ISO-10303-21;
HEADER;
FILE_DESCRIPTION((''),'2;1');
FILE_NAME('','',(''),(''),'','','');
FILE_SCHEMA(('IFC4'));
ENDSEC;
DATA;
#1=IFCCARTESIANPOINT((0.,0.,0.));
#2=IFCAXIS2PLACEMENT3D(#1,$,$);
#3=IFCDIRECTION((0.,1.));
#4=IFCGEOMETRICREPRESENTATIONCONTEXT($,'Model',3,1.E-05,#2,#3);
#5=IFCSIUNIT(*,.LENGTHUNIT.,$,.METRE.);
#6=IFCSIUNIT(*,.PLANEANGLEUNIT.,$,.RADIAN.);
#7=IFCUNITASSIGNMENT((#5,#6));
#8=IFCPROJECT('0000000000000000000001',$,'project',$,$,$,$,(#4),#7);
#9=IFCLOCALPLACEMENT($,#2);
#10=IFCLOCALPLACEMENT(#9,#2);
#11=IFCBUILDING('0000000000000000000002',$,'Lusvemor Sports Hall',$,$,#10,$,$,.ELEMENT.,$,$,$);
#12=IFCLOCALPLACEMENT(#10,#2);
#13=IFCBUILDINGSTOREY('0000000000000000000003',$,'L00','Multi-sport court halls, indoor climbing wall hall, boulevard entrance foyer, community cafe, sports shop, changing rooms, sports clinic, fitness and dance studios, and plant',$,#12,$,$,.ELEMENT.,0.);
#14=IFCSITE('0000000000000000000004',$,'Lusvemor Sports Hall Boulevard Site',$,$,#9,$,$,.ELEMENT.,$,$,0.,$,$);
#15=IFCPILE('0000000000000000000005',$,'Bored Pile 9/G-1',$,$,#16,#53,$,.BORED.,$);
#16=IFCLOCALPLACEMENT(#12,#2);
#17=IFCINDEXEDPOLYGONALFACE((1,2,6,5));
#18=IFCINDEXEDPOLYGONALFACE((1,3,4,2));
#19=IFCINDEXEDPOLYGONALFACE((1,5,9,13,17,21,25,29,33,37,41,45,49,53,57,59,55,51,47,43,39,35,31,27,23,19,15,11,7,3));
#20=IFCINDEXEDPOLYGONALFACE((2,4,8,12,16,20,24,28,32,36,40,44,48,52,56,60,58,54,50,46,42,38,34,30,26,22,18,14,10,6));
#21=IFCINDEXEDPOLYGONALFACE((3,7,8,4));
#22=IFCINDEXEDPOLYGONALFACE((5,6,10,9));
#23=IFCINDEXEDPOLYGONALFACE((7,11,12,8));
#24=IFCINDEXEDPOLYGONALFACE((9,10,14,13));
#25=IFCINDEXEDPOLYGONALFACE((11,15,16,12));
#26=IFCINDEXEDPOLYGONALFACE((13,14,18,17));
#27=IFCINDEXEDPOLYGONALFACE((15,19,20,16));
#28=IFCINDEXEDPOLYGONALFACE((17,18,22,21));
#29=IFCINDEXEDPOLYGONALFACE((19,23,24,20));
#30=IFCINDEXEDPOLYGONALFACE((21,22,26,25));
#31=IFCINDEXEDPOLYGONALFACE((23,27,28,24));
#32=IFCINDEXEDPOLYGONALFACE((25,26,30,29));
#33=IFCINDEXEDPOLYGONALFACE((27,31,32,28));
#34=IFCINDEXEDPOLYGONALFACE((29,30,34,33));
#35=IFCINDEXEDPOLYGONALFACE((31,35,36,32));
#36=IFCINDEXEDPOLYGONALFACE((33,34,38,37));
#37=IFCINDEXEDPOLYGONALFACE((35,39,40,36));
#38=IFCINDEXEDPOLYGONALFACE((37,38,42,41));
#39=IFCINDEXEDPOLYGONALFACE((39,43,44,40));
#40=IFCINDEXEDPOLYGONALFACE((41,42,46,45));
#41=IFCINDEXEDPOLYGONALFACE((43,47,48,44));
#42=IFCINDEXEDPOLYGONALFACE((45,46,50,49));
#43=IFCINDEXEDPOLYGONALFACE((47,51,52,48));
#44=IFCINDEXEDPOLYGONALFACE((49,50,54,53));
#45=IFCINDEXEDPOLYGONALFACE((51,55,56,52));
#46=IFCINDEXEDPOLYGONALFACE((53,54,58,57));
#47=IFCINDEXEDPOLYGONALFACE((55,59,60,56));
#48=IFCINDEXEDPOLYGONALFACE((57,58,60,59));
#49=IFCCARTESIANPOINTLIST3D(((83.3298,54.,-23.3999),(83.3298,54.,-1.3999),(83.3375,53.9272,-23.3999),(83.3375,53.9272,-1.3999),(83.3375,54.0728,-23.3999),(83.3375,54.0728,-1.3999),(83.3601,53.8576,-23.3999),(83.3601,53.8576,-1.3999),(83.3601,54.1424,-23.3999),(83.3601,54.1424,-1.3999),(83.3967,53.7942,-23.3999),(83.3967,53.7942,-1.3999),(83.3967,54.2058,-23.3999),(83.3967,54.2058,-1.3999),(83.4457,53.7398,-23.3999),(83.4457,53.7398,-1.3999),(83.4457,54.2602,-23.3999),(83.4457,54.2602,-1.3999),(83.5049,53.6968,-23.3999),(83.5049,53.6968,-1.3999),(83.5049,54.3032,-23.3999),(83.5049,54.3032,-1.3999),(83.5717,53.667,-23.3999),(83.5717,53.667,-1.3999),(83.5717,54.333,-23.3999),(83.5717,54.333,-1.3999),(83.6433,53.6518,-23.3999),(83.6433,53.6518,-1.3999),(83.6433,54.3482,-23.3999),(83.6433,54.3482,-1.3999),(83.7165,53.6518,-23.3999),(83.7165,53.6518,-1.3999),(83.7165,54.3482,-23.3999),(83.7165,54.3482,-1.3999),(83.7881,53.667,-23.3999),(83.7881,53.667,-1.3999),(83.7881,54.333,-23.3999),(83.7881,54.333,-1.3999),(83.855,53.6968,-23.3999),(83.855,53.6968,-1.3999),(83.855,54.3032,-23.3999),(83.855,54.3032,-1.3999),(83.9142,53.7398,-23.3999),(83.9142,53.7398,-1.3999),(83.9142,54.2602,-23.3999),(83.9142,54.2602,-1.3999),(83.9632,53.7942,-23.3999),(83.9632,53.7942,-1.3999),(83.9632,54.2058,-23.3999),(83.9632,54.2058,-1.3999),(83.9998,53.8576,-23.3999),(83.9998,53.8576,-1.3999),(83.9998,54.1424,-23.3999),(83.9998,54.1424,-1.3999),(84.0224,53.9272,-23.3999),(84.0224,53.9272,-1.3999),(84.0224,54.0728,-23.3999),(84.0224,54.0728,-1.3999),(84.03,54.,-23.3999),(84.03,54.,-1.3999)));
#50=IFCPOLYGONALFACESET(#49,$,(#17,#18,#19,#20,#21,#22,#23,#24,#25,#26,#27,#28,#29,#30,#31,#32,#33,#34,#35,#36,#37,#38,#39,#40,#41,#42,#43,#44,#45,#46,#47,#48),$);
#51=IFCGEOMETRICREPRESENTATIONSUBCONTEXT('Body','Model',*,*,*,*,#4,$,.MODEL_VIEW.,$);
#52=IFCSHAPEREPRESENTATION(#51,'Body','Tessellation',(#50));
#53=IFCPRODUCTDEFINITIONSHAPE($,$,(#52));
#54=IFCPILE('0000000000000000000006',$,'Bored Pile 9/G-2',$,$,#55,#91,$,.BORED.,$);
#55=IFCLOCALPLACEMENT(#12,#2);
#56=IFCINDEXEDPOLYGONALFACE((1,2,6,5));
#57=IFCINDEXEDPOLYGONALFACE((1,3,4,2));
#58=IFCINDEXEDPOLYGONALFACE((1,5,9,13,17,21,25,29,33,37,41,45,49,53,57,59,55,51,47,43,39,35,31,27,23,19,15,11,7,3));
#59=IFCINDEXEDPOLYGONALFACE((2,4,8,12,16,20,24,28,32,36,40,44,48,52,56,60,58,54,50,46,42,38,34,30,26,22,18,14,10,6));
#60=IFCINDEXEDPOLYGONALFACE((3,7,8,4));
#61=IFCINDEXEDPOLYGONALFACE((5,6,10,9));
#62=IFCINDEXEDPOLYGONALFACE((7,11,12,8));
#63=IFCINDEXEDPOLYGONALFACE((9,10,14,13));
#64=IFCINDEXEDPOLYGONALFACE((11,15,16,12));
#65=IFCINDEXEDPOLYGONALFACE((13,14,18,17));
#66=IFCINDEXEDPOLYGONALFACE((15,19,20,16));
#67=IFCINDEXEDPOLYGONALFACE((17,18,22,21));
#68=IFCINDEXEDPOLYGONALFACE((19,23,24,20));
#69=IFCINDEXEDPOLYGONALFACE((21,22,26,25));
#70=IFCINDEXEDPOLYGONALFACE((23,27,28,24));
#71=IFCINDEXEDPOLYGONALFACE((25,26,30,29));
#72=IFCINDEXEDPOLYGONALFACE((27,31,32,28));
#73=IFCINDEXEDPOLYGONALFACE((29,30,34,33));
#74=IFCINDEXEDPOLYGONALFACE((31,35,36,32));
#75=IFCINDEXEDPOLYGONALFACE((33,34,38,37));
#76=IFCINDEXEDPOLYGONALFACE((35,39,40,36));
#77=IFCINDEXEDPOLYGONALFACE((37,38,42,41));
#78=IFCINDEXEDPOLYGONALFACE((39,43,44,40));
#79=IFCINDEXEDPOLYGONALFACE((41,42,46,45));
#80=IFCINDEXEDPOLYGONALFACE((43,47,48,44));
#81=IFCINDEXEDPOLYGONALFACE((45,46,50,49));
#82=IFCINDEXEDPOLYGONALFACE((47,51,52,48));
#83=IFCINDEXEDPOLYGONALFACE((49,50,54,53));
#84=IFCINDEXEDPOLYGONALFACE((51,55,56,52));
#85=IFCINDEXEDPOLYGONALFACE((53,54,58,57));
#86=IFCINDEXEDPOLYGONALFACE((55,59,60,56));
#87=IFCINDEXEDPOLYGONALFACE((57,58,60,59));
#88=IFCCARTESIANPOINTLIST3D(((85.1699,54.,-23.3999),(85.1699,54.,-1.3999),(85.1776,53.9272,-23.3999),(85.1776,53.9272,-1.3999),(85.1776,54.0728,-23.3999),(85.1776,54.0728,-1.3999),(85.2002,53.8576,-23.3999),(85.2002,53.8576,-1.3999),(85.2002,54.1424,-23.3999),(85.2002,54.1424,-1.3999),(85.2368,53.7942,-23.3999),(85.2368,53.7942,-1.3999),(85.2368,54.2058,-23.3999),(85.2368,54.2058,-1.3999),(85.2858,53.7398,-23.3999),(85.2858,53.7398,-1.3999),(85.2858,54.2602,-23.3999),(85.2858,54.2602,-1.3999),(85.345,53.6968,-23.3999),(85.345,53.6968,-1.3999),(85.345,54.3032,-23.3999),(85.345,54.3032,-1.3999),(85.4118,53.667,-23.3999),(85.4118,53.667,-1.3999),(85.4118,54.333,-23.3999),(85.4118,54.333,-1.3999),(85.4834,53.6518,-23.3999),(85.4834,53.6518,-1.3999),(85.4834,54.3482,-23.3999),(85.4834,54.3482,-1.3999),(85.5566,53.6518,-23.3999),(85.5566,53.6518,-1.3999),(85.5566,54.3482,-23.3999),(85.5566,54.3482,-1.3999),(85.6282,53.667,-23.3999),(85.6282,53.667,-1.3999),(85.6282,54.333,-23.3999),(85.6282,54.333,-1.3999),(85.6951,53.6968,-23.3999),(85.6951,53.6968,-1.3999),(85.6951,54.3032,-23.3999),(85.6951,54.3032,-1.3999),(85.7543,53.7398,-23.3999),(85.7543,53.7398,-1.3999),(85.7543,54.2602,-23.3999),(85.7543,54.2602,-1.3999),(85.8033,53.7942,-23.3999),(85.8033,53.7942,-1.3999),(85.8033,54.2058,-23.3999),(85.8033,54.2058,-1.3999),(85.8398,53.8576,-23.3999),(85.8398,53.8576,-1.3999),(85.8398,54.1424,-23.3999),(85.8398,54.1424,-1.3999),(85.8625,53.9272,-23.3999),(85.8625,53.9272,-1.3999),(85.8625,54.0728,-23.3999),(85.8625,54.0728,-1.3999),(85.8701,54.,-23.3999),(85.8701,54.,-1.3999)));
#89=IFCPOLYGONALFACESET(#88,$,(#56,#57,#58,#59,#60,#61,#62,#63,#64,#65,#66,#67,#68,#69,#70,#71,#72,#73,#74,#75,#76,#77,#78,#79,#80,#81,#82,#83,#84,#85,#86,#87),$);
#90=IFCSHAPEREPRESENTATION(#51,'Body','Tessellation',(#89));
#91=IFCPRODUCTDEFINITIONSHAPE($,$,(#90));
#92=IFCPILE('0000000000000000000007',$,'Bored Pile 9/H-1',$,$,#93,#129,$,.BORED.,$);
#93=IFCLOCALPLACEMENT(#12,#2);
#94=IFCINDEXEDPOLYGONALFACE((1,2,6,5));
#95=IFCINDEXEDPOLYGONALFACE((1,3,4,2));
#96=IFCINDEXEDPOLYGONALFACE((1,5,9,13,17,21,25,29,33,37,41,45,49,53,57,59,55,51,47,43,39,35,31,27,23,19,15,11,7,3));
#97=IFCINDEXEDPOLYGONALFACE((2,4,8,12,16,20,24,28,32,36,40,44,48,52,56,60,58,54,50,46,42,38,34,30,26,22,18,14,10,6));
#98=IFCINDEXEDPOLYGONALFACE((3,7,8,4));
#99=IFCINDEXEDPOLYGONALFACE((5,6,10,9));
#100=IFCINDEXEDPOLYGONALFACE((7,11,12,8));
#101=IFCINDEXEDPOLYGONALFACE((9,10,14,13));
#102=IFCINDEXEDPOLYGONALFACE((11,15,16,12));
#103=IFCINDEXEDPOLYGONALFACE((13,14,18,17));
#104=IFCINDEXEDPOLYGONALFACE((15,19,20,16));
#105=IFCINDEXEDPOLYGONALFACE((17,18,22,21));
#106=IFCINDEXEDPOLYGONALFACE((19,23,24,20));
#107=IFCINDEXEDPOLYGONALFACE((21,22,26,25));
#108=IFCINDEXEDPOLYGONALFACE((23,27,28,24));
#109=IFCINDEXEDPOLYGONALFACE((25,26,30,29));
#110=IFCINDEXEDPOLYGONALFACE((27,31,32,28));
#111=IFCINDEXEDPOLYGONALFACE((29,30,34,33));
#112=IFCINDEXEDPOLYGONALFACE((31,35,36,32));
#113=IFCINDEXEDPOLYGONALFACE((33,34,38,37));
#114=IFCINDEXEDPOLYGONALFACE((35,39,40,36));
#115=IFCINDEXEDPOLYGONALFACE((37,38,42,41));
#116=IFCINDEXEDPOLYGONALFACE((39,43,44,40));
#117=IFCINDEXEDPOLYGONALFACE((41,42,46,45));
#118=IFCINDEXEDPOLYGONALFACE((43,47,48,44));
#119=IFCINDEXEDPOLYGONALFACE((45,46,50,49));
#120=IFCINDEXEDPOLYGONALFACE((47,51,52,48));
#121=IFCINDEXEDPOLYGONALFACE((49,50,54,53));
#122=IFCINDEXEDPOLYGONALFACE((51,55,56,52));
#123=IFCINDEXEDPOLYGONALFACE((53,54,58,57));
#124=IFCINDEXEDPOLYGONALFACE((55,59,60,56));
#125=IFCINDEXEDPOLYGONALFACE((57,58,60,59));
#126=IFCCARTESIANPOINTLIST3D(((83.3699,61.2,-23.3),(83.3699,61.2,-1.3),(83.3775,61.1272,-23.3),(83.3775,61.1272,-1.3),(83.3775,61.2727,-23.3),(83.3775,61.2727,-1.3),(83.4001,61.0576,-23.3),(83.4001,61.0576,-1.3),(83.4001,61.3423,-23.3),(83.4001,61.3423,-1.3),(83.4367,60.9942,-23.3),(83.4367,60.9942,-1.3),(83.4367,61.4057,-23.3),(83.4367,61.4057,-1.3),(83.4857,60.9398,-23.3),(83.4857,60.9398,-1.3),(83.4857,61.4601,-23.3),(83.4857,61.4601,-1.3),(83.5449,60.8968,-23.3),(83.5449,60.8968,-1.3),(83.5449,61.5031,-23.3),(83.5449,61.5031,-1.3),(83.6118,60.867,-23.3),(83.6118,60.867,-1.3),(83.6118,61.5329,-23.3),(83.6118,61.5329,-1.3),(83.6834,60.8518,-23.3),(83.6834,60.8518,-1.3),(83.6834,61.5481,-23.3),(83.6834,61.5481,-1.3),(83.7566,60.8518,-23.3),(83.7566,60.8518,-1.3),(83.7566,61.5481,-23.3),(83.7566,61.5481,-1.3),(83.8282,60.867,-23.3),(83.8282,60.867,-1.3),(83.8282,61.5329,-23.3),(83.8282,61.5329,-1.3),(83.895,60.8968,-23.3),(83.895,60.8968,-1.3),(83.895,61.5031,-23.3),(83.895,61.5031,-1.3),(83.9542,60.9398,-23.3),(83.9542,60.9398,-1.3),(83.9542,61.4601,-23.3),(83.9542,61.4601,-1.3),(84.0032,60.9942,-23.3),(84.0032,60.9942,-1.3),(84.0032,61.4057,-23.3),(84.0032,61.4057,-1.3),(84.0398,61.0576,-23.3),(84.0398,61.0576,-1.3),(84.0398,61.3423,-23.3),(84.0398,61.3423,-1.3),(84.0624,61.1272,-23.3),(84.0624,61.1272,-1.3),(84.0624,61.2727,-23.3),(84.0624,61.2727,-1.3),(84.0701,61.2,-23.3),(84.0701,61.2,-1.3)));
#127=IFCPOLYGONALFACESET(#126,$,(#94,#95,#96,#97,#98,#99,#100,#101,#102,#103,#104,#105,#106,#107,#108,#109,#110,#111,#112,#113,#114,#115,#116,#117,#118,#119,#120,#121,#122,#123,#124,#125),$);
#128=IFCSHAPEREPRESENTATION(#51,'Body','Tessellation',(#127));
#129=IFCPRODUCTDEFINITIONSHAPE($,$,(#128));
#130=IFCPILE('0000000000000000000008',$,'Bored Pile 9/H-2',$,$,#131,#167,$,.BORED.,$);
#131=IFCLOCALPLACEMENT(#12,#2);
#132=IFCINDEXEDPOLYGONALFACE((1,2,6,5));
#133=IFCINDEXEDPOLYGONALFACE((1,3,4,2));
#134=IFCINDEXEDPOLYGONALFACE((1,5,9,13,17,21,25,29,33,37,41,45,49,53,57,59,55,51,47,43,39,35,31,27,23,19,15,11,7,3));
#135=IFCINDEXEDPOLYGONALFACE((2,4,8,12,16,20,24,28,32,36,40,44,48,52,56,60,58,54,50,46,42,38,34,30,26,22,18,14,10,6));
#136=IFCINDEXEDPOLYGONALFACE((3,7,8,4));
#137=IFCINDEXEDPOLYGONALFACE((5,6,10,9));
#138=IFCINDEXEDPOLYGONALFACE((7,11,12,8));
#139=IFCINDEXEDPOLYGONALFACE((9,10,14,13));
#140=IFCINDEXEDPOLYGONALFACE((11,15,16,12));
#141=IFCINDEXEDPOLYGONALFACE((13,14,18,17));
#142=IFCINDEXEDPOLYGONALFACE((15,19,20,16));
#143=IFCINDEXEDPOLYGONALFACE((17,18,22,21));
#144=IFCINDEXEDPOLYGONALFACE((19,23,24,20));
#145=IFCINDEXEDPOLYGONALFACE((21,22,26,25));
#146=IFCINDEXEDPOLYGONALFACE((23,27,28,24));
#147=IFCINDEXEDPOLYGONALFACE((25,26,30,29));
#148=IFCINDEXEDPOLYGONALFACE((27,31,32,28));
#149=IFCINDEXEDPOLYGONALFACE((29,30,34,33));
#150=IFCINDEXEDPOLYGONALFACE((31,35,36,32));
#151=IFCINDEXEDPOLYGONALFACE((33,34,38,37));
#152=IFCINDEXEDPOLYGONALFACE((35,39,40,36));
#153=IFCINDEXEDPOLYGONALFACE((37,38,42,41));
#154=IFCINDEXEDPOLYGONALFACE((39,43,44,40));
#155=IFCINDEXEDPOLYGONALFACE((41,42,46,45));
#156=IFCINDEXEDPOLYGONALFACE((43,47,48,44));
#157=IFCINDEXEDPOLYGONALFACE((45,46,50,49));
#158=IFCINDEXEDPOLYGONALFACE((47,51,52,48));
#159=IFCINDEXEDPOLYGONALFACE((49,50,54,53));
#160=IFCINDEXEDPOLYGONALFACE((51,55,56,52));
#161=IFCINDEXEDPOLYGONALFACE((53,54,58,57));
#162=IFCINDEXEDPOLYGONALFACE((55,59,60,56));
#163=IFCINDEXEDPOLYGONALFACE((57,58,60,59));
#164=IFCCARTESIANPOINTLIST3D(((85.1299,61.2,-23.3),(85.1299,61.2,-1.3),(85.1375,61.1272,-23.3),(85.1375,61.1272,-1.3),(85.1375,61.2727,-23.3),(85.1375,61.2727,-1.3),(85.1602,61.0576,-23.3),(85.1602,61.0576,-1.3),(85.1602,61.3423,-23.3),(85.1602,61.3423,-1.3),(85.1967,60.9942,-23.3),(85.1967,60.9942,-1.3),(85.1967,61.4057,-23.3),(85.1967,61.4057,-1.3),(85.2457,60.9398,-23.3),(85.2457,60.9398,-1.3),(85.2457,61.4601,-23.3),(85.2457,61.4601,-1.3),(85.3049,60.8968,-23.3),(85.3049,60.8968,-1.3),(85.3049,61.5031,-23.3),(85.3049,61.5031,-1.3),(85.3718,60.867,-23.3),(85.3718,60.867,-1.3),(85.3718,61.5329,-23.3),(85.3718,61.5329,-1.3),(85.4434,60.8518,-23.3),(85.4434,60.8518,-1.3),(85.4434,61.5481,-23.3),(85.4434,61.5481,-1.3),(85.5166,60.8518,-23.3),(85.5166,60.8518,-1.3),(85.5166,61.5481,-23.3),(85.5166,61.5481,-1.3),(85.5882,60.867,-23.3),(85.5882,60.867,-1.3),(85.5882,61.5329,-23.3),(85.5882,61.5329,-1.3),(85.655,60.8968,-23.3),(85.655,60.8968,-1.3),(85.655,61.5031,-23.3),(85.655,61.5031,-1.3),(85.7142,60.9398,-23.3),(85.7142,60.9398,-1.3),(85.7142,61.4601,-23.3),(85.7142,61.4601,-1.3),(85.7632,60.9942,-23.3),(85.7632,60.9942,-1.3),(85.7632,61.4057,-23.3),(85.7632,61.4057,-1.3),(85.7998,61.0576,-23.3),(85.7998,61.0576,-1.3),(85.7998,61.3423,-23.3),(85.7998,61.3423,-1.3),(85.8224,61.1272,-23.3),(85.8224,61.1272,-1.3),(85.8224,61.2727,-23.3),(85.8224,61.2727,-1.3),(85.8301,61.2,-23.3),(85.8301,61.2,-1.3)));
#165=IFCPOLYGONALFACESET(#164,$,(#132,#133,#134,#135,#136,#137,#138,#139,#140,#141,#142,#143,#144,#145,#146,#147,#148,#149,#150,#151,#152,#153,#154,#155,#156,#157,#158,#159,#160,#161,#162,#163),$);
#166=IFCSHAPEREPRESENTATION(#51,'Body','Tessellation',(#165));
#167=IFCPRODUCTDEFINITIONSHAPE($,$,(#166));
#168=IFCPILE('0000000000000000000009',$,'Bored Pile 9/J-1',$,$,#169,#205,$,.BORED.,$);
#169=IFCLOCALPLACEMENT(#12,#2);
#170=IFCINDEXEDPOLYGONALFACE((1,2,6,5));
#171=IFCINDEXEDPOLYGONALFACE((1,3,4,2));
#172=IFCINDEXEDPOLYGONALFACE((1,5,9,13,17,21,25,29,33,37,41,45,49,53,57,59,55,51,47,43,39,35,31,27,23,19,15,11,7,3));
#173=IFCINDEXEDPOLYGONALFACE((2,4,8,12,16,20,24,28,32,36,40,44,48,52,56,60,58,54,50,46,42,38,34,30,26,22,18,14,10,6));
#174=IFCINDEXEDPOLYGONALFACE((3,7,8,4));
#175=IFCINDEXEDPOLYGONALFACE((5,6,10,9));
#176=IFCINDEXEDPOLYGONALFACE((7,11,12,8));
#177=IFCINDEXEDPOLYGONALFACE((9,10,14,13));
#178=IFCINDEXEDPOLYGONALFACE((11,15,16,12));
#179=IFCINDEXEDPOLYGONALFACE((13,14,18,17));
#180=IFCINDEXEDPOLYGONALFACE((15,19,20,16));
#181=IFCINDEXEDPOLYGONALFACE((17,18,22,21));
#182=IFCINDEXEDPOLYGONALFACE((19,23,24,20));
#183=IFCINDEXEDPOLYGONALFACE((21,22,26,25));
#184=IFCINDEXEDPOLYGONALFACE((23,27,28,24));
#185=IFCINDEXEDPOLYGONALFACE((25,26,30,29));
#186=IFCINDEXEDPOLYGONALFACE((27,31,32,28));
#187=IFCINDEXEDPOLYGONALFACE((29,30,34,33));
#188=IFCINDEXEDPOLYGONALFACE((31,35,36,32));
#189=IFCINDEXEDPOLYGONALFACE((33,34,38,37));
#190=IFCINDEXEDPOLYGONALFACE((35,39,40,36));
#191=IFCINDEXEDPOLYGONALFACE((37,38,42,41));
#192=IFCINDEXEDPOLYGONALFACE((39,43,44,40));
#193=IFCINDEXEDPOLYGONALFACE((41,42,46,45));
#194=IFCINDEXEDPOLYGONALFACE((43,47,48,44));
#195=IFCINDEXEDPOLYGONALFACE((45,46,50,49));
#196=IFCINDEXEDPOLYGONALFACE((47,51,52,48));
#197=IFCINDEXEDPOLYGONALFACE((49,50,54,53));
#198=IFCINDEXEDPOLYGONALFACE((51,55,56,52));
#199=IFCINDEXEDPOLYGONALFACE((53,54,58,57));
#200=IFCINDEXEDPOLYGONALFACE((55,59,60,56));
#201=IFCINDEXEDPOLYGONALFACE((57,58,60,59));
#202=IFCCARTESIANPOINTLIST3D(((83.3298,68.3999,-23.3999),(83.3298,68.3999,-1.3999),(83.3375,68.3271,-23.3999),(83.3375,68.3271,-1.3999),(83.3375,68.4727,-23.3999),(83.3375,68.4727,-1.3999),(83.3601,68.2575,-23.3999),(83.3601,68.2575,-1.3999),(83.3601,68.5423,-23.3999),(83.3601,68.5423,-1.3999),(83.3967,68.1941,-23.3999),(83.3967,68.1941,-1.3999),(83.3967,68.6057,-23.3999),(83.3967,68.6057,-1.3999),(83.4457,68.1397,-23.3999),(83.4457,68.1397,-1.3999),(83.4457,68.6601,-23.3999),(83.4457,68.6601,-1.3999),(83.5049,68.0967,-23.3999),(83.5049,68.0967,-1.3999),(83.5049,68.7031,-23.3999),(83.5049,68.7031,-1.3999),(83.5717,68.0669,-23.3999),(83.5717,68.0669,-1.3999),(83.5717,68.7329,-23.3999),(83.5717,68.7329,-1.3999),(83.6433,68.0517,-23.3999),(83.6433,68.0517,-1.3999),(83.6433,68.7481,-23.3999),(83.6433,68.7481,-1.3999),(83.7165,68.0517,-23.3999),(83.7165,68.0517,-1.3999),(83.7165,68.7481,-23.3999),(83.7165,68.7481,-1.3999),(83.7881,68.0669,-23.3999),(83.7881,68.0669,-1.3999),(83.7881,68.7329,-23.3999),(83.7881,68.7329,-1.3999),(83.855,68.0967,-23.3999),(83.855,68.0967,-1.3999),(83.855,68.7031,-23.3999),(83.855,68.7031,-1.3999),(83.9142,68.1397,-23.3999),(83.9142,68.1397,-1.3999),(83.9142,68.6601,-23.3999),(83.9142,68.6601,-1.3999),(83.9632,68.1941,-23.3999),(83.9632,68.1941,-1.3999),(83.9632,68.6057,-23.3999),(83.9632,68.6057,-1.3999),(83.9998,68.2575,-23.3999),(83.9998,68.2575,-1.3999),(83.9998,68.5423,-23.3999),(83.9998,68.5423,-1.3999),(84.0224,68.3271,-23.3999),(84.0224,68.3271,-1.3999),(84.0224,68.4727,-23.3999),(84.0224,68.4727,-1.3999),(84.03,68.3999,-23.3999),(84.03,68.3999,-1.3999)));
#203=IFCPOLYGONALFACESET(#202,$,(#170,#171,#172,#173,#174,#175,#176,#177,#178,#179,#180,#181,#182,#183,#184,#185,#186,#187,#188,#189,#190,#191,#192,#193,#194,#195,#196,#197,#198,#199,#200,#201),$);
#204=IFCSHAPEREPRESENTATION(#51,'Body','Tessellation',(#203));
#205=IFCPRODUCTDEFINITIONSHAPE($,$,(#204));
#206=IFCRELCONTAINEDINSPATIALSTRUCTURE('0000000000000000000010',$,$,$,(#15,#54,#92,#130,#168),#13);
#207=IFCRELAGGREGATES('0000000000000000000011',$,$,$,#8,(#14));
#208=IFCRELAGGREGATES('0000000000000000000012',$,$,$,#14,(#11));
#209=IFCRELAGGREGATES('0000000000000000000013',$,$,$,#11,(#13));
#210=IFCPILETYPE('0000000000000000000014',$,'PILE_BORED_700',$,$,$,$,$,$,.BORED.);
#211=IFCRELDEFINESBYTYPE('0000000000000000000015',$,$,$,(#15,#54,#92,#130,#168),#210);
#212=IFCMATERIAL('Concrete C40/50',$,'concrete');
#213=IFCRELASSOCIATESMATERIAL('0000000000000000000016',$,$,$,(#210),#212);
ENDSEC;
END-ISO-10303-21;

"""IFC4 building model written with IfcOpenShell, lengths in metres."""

from ifc_helpers import new_model, si_unit, direction, frame, origin, origin_2d, place, context, subcontext, project, spatial, circle, extrude, material, material_profile, profile_set, type_object, element, save


model = new_model("IFC4")

# Units and contexts
model_context = context("Model", 3, precision=1e-05, world=origin(), true_north=direction((0.0, 1.0)))
body_context = subcontext(model_context, "Body", "Model", "MODEL_VIEW")
ifc_project = project(units=[si_unit("LENGTHUNIT", "METRE"), si_unit("PLANEANGLEUNIT", "RADIAN")], contexts=[model_context])

# Site, building, storey
site_placement = place(None, origin())
site = spatial("IfcSite", under=ifc_project, at=site_placement, Name="Lusvemor Sports Hall Boulevard Site", CompositionType="ELEMENT", RefElevation=0.0)
building_placement = place(site_placement, origin())
building = spatial("IfcBuilding", under=site, at=building_placement, Name="Lusvemor Sports Hall", CompositionType="ELEMENT")
storey_placement = place(building_placement, origin())
storey = spatial("IfcBuildingStorey", under=building, at=storey_placement, Name="L00", Description="Multi-sport court halls, indoor climbing wall hall, boulevard entrance foyer, community cafe, sports shop, changing rooms, sports clinic, fitness and dance studios, and plant", CompositionType="ELEMENT", Elevation=0.0)

# Piles
ifc_material_1 = material(Name="Concrete C40/50", Category="concrete")
ifc_material_profile_1 = material_profile(ifc_material_1, circle(Radius=0.3501, at=origin_2d()), Name="PILE700")
ifc_profile_set_1 = profile_set([ifc_material_profile_1], Name="Concrete C40/50")
pile_type = type_object("IfcPileType", Name="PILE_BORED_700", PredefinedType="BORED", material=ifc_profile_set_1)
for number, where, z_axis, x_axis, name in (
    (1, (83.6799, 54.0, -1.3999), (0.0, 0.0, -1.0), (1.0, 0.0, 0.0), "Bored Pile 9/G-1"),
    (2, (85.52, 54.0, -1.3999), (0.0, 0.0, -1.0), (1.0, 0.0, 0.0), "Bored Pile 9/G-2"),
    (3, (83.72, 61.2, -1.3), (0.0, 0.0, -1.0), (1.0, 0.0, 0.0), "Bored Pile 9/H-1"),
    (4, (85.48, 61.2, -1.3), (0.0, 0.0, -1.0), (1.0, 0.0, 0.0), "Bored Pile 9/H-2"),
    (5, (83.6799, 68.3999, -1.3999), (0.0, 0.0, -1.0), (1.0, 0.0, 0.0), "Bored Pile 9/J-1"),
):
    element("IfcPile", number, at=place(storey_placement, frame(where, z_axis=z_axis, x_axis=x_axis)), inside=storey, type_object=pile_type, Name=name, PredefinedType="BORED", context=body_context, shape_type="SweptSolid", body=[
        extrude(circle(Radius=0.3501, at=origin_2d()), origin(), (0.0, 0.0, 1.0), 22.0),
    ])

save(model, "model.ifc")
